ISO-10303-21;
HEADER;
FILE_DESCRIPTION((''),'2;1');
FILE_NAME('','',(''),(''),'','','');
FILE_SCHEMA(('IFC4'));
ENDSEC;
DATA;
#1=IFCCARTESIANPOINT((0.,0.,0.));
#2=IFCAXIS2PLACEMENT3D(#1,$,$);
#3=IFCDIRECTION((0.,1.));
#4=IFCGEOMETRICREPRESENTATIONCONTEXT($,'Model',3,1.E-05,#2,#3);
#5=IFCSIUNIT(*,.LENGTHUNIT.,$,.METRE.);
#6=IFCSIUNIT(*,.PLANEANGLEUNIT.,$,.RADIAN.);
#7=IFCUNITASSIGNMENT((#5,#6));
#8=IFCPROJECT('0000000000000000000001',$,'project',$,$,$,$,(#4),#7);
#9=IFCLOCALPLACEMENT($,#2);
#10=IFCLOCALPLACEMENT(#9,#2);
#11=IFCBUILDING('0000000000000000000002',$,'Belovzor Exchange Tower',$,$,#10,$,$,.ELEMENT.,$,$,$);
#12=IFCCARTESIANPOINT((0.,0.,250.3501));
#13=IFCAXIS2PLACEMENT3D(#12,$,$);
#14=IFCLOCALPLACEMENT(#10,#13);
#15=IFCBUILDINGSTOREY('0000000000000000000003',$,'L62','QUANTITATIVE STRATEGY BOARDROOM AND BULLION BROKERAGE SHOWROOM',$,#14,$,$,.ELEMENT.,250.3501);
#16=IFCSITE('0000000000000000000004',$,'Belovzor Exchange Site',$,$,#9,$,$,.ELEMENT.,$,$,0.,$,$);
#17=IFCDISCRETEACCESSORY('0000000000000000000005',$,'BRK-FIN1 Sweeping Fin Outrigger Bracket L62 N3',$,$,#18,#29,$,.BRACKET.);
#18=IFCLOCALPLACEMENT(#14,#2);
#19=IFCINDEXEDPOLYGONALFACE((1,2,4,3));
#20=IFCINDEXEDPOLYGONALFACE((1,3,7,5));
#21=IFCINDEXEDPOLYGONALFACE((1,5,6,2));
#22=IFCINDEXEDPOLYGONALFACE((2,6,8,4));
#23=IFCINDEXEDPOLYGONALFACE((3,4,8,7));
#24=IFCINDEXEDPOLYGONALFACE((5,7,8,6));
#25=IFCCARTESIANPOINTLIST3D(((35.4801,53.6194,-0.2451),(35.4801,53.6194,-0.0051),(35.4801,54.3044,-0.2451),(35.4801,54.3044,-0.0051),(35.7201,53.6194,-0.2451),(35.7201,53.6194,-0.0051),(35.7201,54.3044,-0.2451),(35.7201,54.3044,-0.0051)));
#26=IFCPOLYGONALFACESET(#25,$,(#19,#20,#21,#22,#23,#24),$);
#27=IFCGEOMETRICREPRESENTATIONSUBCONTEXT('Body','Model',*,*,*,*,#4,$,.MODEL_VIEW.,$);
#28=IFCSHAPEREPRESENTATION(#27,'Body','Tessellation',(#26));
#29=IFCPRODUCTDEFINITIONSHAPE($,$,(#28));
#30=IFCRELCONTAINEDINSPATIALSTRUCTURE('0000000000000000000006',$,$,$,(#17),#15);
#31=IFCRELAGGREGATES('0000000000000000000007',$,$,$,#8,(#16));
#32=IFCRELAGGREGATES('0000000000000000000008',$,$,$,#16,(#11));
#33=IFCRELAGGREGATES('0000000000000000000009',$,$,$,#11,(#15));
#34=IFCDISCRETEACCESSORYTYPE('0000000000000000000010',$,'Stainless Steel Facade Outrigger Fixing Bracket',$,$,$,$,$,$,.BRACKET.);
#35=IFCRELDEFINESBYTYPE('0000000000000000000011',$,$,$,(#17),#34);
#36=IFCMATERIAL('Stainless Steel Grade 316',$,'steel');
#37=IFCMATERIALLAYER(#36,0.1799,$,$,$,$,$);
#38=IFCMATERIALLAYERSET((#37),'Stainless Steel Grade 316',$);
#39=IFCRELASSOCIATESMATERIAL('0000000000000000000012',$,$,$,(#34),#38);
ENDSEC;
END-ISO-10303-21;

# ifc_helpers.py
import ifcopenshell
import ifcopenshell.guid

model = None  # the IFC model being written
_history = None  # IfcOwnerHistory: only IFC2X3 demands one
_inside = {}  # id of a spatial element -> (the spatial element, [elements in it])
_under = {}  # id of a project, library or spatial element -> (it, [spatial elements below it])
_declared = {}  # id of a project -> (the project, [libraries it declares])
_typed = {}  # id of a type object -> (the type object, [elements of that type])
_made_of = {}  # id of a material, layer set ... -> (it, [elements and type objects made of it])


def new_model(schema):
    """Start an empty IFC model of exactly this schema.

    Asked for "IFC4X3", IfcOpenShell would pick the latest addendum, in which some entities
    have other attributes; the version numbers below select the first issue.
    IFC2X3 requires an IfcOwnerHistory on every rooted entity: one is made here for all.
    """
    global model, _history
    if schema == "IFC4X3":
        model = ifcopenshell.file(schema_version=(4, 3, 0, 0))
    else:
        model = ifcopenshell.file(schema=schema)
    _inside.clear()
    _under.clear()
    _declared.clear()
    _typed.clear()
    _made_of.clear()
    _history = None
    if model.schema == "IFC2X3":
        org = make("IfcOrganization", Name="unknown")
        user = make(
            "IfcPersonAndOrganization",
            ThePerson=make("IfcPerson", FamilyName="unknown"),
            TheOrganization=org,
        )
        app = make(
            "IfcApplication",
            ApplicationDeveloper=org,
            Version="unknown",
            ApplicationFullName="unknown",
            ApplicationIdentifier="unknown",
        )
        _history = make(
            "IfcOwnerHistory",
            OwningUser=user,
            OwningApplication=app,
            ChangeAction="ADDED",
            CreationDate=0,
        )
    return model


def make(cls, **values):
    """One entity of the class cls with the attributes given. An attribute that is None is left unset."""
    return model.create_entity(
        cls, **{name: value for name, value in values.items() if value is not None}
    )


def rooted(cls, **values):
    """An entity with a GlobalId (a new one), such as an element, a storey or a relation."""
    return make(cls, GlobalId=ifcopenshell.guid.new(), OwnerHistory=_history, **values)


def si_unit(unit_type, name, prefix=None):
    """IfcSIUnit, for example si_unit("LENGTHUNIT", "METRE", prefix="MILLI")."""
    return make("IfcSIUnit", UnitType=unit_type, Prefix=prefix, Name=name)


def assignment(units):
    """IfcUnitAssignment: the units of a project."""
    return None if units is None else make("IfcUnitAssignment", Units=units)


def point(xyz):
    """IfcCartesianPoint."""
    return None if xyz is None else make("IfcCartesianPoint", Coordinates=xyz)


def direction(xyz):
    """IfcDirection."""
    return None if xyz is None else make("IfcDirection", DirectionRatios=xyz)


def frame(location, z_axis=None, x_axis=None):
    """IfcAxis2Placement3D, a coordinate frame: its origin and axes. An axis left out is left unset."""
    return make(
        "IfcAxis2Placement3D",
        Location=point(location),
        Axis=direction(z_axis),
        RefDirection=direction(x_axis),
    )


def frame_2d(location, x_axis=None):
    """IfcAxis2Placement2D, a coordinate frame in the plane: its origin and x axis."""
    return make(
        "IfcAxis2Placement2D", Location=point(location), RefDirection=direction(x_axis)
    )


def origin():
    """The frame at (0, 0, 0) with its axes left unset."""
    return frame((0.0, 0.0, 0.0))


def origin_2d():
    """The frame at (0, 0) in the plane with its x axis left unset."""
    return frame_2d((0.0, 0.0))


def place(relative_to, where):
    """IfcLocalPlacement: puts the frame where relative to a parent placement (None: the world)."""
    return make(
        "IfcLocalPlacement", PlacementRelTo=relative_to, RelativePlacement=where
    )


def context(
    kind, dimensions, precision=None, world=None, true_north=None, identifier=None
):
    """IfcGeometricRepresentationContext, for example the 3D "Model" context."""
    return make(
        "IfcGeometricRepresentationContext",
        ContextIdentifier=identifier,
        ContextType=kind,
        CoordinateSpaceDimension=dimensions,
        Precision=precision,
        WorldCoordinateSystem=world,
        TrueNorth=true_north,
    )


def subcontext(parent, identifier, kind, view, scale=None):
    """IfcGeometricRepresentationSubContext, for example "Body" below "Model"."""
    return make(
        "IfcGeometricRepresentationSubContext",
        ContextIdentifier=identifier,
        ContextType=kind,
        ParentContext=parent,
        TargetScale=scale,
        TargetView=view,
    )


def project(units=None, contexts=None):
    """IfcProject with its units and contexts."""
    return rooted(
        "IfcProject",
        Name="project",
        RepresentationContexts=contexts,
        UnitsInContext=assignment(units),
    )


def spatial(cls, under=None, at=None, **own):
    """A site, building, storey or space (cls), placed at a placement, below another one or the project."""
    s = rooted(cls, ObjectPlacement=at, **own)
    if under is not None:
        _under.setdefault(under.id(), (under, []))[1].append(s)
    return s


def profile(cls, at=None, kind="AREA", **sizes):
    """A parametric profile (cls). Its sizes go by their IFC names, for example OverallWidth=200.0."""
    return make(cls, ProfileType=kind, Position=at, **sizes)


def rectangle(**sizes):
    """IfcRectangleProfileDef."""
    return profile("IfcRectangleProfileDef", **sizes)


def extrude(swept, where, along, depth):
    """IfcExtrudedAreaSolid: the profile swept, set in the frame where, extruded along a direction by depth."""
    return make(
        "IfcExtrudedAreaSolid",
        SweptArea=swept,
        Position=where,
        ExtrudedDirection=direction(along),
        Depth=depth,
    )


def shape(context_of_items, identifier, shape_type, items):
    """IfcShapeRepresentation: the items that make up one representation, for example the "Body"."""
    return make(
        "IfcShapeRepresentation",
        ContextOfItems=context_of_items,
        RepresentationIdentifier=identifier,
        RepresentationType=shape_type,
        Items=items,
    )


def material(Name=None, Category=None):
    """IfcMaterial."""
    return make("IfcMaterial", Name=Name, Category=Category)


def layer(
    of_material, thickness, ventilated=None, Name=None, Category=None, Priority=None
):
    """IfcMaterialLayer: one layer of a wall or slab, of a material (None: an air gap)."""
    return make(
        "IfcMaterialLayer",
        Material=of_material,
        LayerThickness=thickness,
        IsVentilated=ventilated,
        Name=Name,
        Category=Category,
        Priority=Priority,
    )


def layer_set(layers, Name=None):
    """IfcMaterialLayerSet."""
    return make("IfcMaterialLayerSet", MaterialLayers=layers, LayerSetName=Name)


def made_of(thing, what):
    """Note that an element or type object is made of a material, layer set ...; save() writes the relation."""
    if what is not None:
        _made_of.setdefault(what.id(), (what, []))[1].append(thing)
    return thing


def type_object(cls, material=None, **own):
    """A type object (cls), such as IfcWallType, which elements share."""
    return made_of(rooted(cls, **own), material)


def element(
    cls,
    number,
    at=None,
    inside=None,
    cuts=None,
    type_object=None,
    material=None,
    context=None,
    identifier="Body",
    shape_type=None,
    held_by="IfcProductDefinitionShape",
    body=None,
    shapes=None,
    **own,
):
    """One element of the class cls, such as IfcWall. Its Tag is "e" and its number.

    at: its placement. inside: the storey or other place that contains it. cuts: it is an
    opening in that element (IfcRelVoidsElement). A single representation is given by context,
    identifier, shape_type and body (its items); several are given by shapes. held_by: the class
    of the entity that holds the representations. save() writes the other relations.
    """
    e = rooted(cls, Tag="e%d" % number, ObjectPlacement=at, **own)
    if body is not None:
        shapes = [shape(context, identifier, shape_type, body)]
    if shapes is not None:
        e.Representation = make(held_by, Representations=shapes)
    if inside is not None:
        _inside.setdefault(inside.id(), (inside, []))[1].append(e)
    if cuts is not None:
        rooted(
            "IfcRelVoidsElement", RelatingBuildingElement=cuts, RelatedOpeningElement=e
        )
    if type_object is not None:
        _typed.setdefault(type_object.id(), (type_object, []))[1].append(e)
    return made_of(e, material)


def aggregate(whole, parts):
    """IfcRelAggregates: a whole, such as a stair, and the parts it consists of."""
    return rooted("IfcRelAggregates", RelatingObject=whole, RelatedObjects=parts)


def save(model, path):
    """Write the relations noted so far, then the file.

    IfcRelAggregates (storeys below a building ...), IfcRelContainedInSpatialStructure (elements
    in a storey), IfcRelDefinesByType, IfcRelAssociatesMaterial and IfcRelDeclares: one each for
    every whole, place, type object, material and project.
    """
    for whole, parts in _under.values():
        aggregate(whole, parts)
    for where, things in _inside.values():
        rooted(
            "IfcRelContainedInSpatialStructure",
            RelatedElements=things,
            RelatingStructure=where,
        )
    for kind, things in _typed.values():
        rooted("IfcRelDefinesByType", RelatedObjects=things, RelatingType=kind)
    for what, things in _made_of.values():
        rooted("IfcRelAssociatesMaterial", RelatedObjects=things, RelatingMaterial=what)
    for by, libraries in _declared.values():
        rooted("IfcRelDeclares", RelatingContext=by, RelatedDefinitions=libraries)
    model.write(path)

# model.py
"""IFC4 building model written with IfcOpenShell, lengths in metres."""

from ifc_helpers import new_model, si_unit, direction, frame, origin, origin_2d, place, context, subcontext, project, spatial, rectangle, extrude, material, layer, layer_set, type_object, element, save


model = new_model("IFC4")

# Units and contexts
model_context = context("Model", 3, precision=1e-05, world=origin(), true_north=direction((0.0, 1.0)))
body_context = subcontext(model_context, "Body", "Model", "MODEL_VIEW")
ifc_project = project(units=[si_unit("LENGTHUNIT", "METRE"), si_unit("PLANEANGLEUNIT", "RADIAN")], contexts=[model_context])

# Site, building, storey
site_placement = place(None, origin())
site = spatial("IfcSite", under=ifc_project, at=site_placement, Name="Belovzor Exchange Site", CompositionType="ELEMENT", RefElevation=0.0)
building_placement = place(site_placement, origin())
building = spatial("IfcBuilding", under=site, at=building_placement, Name="Belovzor Exchange Tower", CompositionType="ELEMENT")
storey_placement = place(building_placement, frame((0.0, 0.0, 250.3501)))
storey = spatial("IfcBuildingStorey", under=building, at=storey_placement, Name="L62", Description="QUANTITATIVE STRATEGY BOARDROOM AND BULLION BROKERAGE SHOWROOM", CompositionType="ELEMENT", Elevation=250.3501)

# Discrete accessory
ifc_material_1 = material(Name="Stainless Steel Grade 316", Category="steel")
ifc_layer_1 = layer(ifc_material_1, 0.1799)
ifc_layer_set_1 = layer_set([ifc_layer_1], Name="Stainless Steel Grade 316")
discrete_accessory_type = type_object("IfcDiscreteAccessoryType", Name="Stainless Steel Facade Outrigger Fixing Bracket", PredefinedType="BRACKET", material=ifc_layer_set_1)
discrete_accessory_placement = place(storey_placement, frame((35.6001, 53.9619, -0.2451), z_axis=(0.0, 0.0, 1.0), x_axis=(0.0, 1.0, 0.0)))
element("IfcDiscreteAccessory", 1, at=discrete_accessory_placement, inside=storey, type_object=discrete_accessory_type, Name="BRK-FIN1 Sweeping Fin Outrigger Bracket L62 N3", PredefinedType="BRACKET", context=body_context, shape_type="SweptSolid", body=[
    extrude(rectangle(XDim=0.6851, YDim=0.24, at=origin_2d()), origin(), (0.0, 0.0, 1.0), 0.24),
])

save(model, "model.ifc")
